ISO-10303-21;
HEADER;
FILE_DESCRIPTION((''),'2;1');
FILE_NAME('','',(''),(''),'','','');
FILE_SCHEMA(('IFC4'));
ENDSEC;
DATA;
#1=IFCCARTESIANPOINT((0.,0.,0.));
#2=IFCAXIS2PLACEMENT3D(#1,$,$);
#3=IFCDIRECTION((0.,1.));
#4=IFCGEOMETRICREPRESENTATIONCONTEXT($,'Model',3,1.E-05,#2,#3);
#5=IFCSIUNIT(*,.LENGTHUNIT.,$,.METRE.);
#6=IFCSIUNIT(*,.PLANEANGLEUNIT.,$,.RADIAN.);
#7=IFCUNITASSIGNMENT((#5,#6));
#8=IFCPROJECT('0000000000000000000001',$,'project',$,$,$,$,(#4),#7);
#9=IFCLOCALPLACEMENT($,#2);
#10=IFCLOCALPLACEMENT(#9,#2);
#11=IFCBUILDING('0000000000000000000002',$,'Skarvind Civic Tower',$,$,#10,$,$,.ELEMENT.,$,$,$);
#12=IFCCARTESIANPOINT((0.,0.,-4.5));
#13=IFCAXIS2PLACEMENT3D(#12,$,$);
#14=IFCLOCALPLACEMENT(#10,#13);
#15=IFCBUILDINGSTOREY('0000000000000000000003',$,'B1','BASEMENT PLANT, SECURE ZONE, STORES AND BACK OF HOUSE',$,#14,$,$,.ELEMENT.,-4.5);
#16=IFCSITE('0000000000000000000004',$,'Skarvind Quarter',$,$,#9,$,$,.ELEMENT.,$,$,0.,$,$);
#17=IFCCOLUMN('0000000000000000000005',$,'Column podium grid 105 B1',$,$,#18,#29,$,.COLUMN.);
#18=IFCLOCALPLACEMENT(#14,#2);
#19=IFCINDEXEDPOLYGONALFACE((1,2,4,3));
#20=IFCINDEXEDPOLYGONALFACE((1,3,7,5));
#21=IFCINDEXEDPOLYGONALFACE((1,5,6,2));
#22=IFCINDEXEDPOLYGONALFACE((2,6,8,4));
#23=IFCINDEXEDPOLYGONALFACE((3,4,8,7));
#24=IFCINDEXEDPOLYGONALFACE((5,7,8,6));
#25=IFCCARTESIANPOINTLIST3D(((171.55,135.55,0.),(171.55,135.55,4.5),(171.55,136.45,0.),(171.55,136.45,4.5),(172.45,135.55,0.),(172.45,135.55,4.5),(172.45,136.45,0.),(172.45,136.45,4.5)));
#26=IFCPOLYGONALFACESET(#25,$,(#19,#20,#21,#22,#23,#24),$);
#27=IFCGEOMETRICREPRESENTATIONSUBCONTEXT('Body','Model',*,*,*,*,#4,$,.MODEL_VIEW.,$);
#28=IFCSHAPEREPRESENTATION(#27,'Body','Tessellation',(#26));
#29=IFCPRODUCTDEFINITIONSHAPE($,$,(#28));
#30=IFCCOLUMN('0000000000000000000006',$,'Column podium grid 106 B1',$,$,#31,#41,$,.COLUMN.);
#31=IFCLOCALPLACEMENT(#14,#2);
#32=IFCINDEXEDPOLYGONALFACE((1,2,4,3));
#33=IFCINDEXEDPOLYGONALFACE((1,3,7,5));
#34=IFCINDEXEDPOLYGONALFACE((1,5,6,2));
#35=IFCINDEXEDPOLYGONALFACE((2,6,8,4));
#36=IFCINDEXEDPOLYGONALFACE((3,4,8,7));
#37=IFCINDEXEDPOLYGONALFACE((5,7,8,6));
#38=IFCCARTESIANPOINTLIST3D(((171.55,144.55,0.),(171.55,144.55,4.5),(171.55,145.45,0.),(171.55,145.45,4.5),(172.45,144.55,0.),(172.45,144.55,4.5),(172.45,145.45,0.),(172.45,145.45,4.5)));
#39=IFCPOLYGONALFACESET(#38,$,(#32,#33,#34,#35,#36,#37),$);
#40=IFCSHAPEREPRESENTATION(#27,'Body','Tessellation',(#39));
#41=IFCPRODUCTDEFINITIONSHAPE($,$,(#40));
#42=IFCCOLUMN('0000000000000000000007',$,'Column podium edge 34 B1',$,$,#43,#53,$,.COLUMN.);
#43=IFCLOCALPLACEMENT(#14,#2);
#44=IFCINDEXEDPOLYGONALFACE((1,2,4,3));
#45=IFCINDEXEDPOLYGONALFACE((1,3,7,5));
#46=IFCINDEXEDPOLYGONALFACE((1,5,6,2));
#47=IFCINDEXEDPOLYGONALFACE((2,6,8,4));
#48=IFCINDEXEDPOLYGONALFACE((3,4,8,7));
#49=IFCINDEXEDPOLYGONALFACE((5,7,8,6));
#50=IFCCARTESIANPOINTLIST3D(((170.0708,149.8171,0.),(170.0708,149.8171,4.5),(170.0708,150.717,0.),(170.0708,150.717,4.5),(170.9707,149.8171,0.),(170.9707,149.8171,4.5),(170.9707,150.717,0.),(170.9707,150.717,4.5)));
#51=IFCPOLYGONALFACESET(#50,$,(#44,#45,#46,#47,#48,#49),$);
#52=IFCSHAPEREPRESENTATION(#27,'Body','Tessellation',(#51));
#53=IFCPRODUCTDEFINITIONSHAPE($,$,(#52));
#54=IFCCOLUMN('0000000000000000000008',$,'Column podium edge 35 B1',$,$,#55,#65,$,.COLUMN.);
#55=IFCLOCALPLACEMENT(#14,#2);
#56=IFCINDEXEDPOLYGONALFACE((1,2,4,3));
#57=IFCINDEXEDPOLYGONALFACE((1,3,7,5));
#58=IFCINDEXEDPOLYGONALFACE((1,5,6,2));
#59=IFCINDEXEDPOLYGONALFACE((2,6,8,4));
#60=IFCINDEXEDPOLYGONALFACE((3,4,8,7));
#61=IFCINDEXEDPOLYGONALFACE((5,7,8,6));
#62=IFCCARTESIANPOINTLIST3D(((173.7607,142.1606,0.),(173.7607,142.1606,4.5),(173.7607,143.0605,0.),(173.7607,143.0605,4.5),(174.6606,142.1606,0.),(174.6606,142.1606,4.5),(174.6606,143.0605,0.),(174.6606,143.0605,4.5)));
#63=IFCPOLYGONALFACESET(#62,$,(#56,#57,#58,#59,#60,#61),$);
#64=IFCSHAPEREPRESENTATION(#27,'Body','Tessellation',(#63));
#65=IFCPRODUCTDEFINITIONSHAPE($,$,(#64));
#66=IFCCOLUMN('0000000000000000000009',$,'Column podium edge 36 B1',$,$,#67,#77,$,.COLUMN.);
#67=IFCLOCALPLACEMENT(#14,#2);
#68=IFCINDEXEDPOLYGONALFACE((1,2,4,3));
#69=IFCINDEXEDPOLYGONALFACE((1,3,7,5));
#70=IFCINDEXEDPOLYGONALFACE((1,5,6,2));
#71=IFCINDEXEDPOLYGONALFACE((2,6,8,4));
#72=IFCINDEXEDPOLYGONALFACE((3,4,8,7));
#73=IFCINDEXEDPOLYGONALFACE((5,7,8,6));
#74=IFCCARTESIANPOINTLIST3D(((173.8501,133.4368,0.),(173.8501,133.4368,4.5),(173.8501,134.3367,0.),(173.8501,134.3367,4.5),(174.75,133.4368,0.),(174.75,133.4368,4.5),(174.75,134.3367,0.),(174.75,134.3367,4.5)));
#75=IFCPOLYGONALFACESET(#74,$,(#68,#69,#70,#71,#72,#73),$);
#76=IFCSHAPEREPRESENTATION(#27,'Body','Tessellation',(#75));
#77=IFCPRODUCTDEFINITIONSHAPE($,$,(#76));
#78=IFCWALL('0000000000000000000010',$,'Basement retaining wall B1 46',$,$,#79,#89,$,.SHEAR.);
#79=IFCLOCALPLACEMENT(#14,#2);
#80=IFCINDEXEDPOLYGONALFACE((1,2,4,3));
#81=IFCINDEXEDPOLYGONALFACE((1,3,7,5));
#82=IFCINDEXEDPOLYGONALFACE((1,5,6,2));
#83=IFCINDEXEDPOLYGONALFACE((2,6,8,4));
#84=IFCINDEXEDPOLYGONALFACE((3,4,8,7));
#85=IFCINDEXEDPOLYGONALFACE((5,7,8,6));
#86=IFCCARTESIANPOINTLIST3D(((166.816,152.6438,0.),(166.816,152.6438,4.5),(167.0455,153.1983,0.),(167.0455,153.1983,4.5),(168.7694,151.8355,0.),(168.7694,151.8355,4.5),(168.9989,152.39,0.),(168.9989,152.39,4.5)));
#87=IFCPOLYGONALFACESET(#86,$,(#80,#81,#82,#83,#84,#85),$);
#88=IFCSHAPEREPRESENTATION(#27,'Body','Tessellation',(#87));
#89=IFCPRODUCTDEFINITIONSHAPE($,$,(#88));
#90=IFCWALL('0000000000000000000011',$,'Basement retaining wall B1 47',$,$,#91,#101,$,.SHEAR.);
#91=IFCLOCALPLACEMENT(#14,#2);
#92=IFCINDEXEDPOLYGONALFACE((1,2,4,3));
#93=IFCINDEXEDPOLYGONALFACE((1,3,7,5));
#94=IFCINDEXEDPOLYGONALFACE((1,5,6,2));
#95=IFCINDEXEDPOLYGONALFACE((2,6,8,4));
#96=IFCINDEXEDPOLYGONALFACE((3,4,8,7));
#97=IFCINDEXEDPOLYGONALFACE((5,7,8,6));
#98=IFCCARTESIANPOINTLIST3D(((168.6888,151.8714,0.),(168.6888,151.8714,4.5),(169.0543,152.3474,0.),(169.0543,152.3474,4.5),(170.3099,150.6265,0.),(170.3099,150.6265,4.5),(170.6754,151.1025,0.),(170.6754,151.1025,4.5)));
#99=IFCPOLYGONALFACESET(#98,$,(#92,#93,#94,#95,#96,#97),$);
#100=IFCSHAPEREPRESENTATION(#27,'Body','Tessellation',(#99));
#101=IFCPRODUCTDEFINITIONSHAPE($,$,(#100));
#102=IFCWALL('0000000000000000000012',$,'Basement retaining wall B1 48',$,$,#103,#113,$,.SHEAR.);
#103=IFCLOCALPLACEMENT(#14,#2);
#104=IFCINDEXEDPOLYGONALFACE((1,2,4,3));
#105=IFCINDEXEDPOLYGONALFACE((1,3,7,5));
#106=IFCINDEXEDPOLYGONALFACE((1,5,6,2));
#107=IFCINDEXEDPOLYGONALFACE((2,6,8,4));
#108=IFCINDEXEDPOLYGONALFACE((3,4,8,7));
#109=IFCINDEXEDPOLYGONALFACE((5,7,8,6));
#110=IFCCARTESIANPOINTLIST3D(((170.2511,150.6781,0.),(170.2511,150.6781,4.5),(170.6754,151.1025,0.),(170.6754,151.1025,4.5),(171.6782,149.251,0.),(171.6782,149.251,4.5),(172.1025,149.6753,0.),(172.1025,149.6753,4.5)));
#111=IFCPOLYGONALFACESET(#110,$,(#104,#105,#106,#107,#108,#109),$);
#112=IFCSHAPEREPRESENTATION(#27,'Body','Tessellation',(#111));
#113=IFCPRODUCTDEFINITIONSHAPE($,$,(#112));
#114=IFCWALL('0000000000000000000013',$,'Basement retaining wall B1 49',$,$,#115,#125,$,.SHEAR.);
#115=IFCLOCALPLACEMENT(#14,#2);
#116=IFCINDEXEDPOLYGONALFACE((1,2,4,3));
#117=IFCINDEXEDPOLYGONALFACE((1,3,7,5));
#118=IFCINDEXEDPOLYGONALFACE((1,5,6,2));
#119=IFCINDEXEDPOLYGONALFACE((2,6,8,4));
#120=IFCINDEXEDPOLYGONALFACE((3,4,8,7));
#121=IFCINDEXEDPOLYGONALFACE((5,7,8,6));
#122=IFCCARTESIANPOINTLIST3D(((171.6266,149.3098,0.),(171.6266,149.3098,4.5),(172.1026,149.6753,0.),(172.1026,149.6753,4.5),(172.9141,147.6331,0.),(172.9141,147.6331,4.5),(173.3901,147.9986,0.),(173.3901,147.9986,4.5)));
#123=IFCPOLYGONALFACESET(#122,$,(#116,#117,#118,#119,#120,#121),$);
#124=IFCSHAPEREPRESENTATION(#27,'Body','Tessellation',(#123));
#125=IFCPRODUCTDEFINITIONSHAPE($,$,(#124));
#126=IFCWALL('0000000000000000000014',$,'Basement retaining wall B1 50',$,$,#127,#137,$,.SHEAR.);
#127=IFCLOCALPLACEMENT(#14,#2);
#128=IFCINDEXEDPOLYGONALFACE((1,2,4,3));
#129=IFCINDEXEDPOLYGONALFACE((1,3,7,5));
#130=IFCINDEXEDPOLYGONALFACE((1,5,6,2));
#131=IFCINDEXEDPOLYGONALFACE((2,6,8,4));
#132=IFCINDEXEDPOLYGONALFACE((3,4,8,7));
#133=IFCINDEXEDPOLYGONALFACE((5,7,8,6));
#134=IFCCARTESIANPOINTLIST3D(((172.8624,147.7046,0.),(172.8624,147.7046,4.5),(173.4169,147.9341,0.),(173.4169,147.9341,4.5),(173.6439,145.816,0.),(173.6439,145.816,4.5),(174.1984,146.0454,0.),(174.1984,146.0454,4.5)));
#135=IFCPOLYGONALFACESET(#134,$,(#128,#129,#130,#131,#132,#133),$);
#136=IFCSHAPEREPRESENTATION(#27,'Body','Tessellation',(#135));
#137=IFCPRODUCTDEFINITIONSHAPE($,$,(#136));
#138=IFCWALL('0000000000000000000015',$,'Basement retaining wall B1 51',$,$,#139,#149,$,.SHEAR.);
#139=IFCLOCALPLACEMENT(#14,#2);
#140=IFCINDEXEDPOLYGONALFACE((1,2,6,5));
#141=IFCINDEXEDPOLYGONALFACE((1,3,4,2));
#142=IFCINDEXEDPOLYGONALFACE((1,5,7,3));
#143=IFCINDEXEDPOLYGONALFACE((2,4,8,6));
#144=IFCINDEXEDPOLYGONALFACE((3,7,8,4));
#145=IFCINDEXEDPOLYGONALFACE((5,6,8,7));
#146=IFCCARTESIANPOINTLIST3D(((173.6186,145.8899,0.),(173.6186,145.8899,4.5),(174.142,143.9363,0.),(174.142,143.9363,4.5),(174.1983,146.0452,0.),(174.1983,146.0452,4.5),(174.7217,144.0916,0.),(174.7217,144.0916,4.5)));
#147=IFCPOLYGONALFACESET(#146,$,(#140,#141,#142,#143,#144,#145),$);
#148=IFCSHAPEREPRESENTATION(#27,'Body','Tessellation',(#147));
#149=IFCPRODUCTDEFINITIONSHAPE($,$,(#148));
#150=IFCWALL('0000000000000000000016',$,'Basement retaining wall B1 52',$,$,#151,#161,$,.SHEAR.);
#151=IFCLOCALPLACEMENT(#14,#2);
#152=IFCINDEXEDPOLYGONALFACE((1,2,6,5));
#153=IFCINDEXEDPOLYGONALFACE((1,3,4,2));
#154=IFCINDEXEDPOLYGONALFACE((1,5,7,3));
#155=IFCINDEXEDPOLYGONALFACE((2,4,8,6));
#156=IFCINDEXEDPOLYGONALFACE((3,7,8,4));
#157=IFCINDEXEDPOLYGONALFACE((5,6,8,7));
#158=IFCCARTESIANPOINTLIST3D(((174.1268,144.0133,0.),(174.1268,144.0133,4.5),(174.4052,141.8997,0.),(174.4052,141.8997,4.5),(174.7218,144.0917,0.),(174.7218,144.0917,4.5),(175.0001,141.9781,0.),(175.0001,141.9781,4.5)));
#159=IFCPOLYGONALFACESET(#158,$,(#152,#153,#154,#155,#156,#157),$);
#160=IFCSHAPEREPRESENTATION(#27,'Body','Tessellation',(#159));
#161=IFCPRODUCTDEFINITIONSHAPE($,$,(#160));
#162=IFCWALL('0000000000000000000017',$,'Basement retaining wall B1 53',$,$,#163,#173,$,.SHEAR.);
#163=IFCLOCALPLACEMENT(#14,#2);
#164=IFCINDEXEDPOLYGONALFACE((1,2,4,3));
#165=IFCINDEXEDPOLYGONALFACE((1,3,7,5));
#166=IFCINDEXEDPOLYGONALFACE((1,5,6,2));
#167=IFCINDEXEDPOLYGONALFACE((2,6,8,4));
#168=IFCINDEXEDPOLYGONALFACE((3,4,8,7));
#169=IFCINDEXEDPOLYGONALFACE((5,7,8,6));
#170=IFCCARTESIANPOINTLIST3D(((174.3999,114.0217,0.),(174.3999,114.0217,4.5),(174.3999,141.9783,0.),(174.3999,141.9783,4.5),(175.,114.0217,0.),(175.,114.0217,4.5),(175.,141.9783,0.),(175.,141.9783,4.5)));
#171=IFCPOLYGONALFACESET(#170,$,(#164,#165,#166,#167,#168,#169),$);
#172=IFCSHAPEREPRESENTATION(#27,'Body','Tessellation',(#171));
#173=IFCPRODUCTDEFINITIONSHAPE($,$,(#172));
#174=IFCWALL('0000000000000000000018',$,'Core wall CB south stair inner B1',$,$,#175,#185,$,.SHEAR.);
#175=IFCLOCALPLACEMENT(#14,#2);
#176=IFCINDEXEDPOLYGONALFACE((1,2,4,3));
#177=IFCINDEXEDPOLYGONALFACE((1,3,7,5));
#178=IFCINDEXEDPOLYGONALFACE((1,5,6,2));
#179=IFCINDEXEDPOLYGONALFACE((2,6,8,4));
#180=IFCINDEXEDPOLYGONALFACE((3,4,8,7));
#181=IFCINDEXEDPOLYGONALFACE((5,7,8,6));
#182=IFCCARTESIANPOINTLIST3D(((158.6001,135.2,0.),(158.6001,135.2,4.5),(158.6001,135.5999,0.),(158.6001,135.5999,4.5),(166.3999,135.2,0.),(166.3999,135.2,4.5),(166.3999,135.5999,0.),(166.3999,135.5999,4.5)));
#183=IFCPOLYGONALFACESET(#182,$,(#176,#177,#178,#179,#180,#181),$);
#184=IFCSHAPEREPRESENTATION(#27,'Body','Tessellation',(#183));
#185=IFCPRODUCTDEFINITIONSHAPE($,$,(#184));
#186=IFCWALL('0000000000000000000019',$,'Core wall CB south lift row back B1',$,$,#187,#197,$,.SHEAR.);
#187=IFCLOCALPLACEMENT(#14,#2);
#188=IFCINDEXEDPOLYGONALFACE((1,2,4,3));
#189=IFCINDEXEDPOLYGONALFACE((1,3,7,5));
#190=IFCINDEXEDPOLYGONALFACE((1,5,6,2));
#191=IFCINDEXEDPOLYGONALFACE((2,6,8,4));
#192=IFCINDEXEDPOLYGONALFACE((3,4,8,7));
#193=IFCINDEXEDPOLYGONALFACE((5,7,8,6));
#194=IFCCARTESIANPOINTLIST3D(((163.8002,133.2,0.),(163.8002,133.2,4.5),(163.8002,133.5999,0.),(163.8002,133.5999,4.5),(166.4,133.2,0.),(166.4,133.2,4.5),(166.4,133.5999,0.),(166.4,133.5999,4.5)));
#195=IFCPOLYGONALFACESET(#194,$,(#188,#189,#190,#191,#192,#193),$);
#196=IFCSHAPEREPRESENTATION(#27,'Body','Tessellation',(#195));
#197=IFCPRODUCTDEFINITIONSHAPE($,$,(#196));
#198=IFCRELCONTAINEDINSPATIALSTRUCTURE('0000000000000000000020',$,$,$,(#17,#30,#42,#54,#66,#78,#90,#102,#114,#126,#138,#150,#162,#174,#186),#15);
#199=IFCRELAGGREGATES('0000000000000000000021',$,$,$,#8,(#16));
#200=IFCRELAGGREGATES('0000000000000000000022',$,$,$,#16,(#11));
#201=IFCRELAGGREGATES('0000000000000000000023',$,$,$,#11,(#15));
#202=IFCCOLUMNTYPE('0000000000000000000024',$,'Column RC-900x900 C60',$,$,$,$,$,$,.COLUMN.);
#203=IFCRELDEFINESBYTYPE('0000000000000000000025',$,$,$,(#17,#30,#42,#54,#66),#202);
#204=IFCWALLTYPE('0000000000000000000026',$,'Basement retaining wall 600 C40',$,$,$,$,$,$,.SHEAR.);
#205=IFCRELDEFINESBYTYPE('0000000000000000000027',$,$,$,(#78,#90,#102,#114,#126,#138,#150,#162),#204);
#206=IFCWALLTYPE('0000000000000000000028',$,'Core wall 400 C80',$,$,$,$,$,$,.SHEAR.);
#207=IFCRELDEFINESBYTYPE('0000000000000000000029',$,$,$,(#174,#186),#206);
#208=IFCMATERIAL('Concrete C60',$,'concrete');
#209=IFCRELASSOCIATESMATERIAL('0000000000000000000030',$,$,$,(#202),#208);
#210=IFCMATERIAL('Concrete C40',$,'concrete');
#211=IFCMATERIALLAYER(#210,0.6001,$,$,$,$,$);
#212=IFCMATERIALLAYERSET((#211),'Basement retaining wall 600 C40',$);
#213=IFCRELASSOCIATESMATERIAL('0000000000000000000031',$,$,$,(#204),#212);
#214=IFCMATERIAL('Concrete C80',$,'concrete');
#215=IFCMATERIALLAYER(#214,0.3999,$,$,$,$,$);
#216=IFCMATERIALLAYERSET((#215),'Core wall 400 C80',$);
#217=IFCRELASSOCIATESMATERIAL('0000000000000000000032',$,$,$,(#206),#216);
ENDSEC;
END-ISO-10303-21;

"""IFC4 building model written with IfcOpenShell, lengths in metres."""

from ifc_helpers import new_model, si_unit, direction, frame, frame_2d, origin, origin_2d, place, context, subcontext, project, spatial, rectangle, extrude, material, layer, layer_set, material_profile, profile_set, type_object, element, save


model = new_model("IFC4")

# Units and contexts
model_context = context("Model", 3, precision=1e-05, world=origin(), true_north=direction((0.0, 1.0)))
body_context = subcontext(model_context, "Body", "Model", "MODEL_VIEW")
ifc_project = project(units=[si_unit("LENGTHUNIT", "METRE"), si_unit("PLANEANGLEUNIT", "RADIAN")], contexts=[model_context])

# Site, building, storey
site_placement = place(None, origin())
site = spatial("IfcSite", under=ifc_project, at=site_placement, Name="Skarvind Quarter", CompositionType="ELEMENT", RefElevation=0.0)
building_placement = place(site_placement, origin())
building = spatial("IfcBuilding", under=site, at=building_placement, Name="Skarvind Civic Tower", CompositionType="ELEMENT")
storey_placement = place(building_placement, frame((0.0, 0.0, -4.5)))
storey = spatial("IfcBuildingStorey", under=building, at=storey_placement, Name="B1", Description="BASEMENT PLANT, SECURE ZONE, STORES AND BACK OF HOUSE", CompositionType="ELEMENT", Elevation=-4.5)

# Columns
ifc_material_1 = material(Name="Concrete C60", Category="concrete")
ifc_material_profile = material_profile(ifc_material_1, rectangle(XDim=0.8999, YDim=0.8999, at=origin_2d()), Name="RC-900x900")
ifc_profile_set = profile_set([ifc_material_profile], Name="Concrete C60")
column_type = type_object("IfcColumnType", Name="Column RC-900x900 C60", PredefinedType="COLUMN", material=ifc_profile_set)
for number, where, z_axis, x_axis, name in (
    (1, (172.0, 136.0, 0.0), (0.0, 0.0, 1.0), (1.0, 0.0, 0.0), "Column podium grid 105 B1"),
    (2, (172.0, 145.0, 0.0), (0.0, 0.0, 1.0), (1.0, 0.0, 0.0), "Column podium grid 106 B1"),
    (3, (170.5208, 150.2671, 0.0), (0.0, 0.0, 1.0), (1.0, 0.0, 0.0), "Column podium edge 34 B1"),
    (4, (174.2107, 142.6106, 0.0), (0.0, 0.0, 1.0), (1.0, 0.0, 0.0), "Column podium edge 35 B1"),
    (5, (174.3, 133.8867, 0.0), (0.0, 0.0, 1.0), (1.0, 0.0, 0.0), "Column podium edge 36 B1"),
):
    element("IfcColumn", number, at=place(storey_placement, frame(where, z_axis=z_axis, x_axis=x_axis)), inside=storey, type_object=column_type, Name=name, PredefinedType="COLUMN", context=body_context, shape_type="SweptSolid", body=[
        extrude(rectangle(XDim=0.8999, YDim=0.8999, at=origin_2d()), origin(), (0.0, 0.0, 1.0), 4.5),
    ])

# Walls
ifc_material_2 = material(Name="Concrete C40", Category="concrete")
ifc_layer_1 = layer(ifc_material_2, 0.6001)
ifc_layer_set_1 = layer_set([ifc_layer_1], Name="Basement retaining wall 600 C40")
wall_type_1 = type_object("IfcWallType", Name="Basement retaining wall 600 C40", PredefinedType="SHEAR", material=ifc_layer_set_1)
wall_1_placement = place(storey_placement, frame((166.9307, 152.9211, 0.0), z_axis=(0.0, 0.0, 1.0), x_axis=(0.924007, -0.382376, 0.0)))
element("IfcWall", 6, at=wall_1_placement, inside=storey, type_object=wall_type_1, Name="Basement retaining wall B1 46", PredefinedType="SHEAR", context=body_context, shape_type="SweptSolid", body=[
    extrude(rectangle(XDim=2.114, YDim=0.6001, at=frame_2d((1.0571, 0.0))), origin(), (0.0, 0.0, 1.0), 4.5),
])
wall_2_placement = place(storey_placement, frame((168.8716, 152.1094, 0.0), z_axis=(0.0, 0.0, 1.0), x_axis=(0.793125, -0.609058, 0.0)))
element("IfcWall", 7, at=wall_2_placement, inside=storey, type_object=wall_type_1, Name="Basement retaining wall B1 47", PredefinedType="SHEAR", context=body_context, shape_type="SweptSolid", body=[
    extrude(rectangle(XDim=2.0439, YDim=0.6001, at=frame_2d((1.022, 0.0))), origin(), (0.0, 0.0, 1.0), 4.5),
])
wall_3_placement = place(storey_placement, frame((170.4631, 150.8904, 0.0), z_axis=(0.0, 0.0, 1.0), x_axis=(0.707107, -0.707107, 0.0)))
element("IfcWall", 8, at=wall_3_placement, inside=storey, type_object=wall_type_1, Name="Basement retaining wall B1 48", PredefinedType="SHEAR", context=body_context, shape_type="SweptSolid", body=[
    extrude(rectangle(XDim=2.0183, YDim=0.6001, at=frame_2d((1.0093, 0.0))), origin(), (0.0, 0.0, 1.0), 4.5),
])
wall_4_placement = place(storey_placement, frame((171.8645, 149.4927, 0.0), z_axis=(0.0, 0.0, 1.0), x_axis=(0.609052, -0.79313, 0.0)))
element("IfcWall", 9, at=wall_4_placement, inside=storey, type_object=wall_type_1, Name="Basement retaining wall B1 49", PredefinedType="SHEAR", context=body_context, shape_type="SweptSolid", body=[
    extrude(rectangle(XDim=2.114, YDim=0.6001, at=frame_2d((1.0571, 0.0))), origin(), (0.0, 0.0, 1.0), 4.5),
])
wall_5_placement = place(storey_placement, frame((173.1396, 147.8193, 0.0), z_axis=(0.0, 0.0, 1.0), x_axis=(0.382341, -0.924021, 0.0)))
element("IfcWall", 10, at=wall_5_placement, inside=storey, type_object=wall_type_1, Name="Basement retaining wall B1 50", PredefinedType="SHEAR", context=body_context, shape_type="SweptSolid", body=[
    extrude(rectangle(XDim=2.0439, YDim=0.6001, at=frame_2d((1.022, 0.0))), origin(), (0.0, 0.0, 1.0), 4.5),
])
wall_6_placement = place(storey_placement, frame((173.9084, 145.9675, 0.0), z_axis=(0.0, 0.0, 1.0), x_axis=(0.258804, -0.96593, 0.0)))
element("IfcWall", 11, at=wall_6_placement, inside=storey, type_object=wall_type_1, Name="Basement retaining wall B1 51", PredefinedType="SHEAR", context=body_context, shape_type="SweptSolid", body=[
    extrude(rectangle(XDim=2.0225, YDim=0.6001, at=frame_2d((1.0112, 0.0))), origin(), (0.0, 0.0, 1.0), 4.5),
])
wall_7_placement = place(storey_placement, frame((174.4243, 144.0525, 0.0), z_axis=(0.0, 0.0, 1.0), x_axis=(0.130558, -0.991441, 0.0)))
element("IfcWall", 12, at=wall_7_placement, inside=storey, type_object=wall_type_1, Name="Basement retaining wall B1 52", PredefinedType="SHEAR", context=body_context, shape_type="SweptSolid", body=[
    extrude(rectangle(XDim=2.1318, YDim=0.6001, at=frame_2d((1.0659, 0.0))), origin(), (0.0, 0.0, 1.0), 4.5),
])
wall_8_placement = place(storey_placement, frame((174.7, 141.9783, 0.0), z_axis=(0.0, 0.0, 1.0), x_axis=(0.0, -1.0, 0.0)))
element("IfcWall", 13, at=wall_8_placement, inside=storey, type_object=wall_type_1, Name="Basement retaining wall B1 53", PredefinedType="SHEAR", context=body_context, shape_type="SweptSolid", body=[
    extrude(rectangle(XDim=27.9565, YDim=0.6001, at=frame_2d((13.9783, 0.0))), origin(), (0.0, 0.0, 1.0), 4.5),
])
ifc_material_3 = material(Name="Concrete C80", Category="concrete")
ifc_layer_2 = layer(ifc_material_3, 0.3999)
ifc_layer_set_2 = layer_set([ifc_layer_2], Name="Core wall 400 C80")
wall_type_2 = type_object("IfcWallType", Name="Core wall 400 C80", PredefinedType="SHEAR", material=ifc_layer_set_2)
wall_9_placement = place(storey_placement, frame((166.3999, 135.3999, 0.0), z_axis=(0.0, 0.0, 1.0), x_axis=(-1.0, 0.0, 0.0)))
element("IfcWall", 14, at=wall_9_placement, inside=storey, type_object=wall_type_2, Name="Core wall CB south stair inner B1", PredefinedType="SHEAR", context=body_context, shape_type="SweptSolid", body=[
    extrude(rectangle(XDim=7.7998, YDim=0.3999, at=frame_2d((3.8999, 0.0))), origin(), (0.0, 0.0, 1.0), 4.5),
])
wall_10_placement = place(storey_placement, frame((166.3999, 133.3999, 0.0), z_axis=(0.0, 0.0, 1.0), x_axis=(-1.0, 0.0, 0.0)))
element("IfcWall", 15, at=wall_10_placement, inside=storey, type_object=wall_type_2, Name="Core wall CB south lift row back B1", PredefinedType="SHEAR", context=body_context, shape_type="SweptSolid", body=[
    extrude(rectangle(XDim=2.5999, YDim=0.3999, at=frame_2d((1.2998, 0.0))), origin(), (0.0, 0.0, 1.0), 4.5),
])

save(model, "model.ifc")
